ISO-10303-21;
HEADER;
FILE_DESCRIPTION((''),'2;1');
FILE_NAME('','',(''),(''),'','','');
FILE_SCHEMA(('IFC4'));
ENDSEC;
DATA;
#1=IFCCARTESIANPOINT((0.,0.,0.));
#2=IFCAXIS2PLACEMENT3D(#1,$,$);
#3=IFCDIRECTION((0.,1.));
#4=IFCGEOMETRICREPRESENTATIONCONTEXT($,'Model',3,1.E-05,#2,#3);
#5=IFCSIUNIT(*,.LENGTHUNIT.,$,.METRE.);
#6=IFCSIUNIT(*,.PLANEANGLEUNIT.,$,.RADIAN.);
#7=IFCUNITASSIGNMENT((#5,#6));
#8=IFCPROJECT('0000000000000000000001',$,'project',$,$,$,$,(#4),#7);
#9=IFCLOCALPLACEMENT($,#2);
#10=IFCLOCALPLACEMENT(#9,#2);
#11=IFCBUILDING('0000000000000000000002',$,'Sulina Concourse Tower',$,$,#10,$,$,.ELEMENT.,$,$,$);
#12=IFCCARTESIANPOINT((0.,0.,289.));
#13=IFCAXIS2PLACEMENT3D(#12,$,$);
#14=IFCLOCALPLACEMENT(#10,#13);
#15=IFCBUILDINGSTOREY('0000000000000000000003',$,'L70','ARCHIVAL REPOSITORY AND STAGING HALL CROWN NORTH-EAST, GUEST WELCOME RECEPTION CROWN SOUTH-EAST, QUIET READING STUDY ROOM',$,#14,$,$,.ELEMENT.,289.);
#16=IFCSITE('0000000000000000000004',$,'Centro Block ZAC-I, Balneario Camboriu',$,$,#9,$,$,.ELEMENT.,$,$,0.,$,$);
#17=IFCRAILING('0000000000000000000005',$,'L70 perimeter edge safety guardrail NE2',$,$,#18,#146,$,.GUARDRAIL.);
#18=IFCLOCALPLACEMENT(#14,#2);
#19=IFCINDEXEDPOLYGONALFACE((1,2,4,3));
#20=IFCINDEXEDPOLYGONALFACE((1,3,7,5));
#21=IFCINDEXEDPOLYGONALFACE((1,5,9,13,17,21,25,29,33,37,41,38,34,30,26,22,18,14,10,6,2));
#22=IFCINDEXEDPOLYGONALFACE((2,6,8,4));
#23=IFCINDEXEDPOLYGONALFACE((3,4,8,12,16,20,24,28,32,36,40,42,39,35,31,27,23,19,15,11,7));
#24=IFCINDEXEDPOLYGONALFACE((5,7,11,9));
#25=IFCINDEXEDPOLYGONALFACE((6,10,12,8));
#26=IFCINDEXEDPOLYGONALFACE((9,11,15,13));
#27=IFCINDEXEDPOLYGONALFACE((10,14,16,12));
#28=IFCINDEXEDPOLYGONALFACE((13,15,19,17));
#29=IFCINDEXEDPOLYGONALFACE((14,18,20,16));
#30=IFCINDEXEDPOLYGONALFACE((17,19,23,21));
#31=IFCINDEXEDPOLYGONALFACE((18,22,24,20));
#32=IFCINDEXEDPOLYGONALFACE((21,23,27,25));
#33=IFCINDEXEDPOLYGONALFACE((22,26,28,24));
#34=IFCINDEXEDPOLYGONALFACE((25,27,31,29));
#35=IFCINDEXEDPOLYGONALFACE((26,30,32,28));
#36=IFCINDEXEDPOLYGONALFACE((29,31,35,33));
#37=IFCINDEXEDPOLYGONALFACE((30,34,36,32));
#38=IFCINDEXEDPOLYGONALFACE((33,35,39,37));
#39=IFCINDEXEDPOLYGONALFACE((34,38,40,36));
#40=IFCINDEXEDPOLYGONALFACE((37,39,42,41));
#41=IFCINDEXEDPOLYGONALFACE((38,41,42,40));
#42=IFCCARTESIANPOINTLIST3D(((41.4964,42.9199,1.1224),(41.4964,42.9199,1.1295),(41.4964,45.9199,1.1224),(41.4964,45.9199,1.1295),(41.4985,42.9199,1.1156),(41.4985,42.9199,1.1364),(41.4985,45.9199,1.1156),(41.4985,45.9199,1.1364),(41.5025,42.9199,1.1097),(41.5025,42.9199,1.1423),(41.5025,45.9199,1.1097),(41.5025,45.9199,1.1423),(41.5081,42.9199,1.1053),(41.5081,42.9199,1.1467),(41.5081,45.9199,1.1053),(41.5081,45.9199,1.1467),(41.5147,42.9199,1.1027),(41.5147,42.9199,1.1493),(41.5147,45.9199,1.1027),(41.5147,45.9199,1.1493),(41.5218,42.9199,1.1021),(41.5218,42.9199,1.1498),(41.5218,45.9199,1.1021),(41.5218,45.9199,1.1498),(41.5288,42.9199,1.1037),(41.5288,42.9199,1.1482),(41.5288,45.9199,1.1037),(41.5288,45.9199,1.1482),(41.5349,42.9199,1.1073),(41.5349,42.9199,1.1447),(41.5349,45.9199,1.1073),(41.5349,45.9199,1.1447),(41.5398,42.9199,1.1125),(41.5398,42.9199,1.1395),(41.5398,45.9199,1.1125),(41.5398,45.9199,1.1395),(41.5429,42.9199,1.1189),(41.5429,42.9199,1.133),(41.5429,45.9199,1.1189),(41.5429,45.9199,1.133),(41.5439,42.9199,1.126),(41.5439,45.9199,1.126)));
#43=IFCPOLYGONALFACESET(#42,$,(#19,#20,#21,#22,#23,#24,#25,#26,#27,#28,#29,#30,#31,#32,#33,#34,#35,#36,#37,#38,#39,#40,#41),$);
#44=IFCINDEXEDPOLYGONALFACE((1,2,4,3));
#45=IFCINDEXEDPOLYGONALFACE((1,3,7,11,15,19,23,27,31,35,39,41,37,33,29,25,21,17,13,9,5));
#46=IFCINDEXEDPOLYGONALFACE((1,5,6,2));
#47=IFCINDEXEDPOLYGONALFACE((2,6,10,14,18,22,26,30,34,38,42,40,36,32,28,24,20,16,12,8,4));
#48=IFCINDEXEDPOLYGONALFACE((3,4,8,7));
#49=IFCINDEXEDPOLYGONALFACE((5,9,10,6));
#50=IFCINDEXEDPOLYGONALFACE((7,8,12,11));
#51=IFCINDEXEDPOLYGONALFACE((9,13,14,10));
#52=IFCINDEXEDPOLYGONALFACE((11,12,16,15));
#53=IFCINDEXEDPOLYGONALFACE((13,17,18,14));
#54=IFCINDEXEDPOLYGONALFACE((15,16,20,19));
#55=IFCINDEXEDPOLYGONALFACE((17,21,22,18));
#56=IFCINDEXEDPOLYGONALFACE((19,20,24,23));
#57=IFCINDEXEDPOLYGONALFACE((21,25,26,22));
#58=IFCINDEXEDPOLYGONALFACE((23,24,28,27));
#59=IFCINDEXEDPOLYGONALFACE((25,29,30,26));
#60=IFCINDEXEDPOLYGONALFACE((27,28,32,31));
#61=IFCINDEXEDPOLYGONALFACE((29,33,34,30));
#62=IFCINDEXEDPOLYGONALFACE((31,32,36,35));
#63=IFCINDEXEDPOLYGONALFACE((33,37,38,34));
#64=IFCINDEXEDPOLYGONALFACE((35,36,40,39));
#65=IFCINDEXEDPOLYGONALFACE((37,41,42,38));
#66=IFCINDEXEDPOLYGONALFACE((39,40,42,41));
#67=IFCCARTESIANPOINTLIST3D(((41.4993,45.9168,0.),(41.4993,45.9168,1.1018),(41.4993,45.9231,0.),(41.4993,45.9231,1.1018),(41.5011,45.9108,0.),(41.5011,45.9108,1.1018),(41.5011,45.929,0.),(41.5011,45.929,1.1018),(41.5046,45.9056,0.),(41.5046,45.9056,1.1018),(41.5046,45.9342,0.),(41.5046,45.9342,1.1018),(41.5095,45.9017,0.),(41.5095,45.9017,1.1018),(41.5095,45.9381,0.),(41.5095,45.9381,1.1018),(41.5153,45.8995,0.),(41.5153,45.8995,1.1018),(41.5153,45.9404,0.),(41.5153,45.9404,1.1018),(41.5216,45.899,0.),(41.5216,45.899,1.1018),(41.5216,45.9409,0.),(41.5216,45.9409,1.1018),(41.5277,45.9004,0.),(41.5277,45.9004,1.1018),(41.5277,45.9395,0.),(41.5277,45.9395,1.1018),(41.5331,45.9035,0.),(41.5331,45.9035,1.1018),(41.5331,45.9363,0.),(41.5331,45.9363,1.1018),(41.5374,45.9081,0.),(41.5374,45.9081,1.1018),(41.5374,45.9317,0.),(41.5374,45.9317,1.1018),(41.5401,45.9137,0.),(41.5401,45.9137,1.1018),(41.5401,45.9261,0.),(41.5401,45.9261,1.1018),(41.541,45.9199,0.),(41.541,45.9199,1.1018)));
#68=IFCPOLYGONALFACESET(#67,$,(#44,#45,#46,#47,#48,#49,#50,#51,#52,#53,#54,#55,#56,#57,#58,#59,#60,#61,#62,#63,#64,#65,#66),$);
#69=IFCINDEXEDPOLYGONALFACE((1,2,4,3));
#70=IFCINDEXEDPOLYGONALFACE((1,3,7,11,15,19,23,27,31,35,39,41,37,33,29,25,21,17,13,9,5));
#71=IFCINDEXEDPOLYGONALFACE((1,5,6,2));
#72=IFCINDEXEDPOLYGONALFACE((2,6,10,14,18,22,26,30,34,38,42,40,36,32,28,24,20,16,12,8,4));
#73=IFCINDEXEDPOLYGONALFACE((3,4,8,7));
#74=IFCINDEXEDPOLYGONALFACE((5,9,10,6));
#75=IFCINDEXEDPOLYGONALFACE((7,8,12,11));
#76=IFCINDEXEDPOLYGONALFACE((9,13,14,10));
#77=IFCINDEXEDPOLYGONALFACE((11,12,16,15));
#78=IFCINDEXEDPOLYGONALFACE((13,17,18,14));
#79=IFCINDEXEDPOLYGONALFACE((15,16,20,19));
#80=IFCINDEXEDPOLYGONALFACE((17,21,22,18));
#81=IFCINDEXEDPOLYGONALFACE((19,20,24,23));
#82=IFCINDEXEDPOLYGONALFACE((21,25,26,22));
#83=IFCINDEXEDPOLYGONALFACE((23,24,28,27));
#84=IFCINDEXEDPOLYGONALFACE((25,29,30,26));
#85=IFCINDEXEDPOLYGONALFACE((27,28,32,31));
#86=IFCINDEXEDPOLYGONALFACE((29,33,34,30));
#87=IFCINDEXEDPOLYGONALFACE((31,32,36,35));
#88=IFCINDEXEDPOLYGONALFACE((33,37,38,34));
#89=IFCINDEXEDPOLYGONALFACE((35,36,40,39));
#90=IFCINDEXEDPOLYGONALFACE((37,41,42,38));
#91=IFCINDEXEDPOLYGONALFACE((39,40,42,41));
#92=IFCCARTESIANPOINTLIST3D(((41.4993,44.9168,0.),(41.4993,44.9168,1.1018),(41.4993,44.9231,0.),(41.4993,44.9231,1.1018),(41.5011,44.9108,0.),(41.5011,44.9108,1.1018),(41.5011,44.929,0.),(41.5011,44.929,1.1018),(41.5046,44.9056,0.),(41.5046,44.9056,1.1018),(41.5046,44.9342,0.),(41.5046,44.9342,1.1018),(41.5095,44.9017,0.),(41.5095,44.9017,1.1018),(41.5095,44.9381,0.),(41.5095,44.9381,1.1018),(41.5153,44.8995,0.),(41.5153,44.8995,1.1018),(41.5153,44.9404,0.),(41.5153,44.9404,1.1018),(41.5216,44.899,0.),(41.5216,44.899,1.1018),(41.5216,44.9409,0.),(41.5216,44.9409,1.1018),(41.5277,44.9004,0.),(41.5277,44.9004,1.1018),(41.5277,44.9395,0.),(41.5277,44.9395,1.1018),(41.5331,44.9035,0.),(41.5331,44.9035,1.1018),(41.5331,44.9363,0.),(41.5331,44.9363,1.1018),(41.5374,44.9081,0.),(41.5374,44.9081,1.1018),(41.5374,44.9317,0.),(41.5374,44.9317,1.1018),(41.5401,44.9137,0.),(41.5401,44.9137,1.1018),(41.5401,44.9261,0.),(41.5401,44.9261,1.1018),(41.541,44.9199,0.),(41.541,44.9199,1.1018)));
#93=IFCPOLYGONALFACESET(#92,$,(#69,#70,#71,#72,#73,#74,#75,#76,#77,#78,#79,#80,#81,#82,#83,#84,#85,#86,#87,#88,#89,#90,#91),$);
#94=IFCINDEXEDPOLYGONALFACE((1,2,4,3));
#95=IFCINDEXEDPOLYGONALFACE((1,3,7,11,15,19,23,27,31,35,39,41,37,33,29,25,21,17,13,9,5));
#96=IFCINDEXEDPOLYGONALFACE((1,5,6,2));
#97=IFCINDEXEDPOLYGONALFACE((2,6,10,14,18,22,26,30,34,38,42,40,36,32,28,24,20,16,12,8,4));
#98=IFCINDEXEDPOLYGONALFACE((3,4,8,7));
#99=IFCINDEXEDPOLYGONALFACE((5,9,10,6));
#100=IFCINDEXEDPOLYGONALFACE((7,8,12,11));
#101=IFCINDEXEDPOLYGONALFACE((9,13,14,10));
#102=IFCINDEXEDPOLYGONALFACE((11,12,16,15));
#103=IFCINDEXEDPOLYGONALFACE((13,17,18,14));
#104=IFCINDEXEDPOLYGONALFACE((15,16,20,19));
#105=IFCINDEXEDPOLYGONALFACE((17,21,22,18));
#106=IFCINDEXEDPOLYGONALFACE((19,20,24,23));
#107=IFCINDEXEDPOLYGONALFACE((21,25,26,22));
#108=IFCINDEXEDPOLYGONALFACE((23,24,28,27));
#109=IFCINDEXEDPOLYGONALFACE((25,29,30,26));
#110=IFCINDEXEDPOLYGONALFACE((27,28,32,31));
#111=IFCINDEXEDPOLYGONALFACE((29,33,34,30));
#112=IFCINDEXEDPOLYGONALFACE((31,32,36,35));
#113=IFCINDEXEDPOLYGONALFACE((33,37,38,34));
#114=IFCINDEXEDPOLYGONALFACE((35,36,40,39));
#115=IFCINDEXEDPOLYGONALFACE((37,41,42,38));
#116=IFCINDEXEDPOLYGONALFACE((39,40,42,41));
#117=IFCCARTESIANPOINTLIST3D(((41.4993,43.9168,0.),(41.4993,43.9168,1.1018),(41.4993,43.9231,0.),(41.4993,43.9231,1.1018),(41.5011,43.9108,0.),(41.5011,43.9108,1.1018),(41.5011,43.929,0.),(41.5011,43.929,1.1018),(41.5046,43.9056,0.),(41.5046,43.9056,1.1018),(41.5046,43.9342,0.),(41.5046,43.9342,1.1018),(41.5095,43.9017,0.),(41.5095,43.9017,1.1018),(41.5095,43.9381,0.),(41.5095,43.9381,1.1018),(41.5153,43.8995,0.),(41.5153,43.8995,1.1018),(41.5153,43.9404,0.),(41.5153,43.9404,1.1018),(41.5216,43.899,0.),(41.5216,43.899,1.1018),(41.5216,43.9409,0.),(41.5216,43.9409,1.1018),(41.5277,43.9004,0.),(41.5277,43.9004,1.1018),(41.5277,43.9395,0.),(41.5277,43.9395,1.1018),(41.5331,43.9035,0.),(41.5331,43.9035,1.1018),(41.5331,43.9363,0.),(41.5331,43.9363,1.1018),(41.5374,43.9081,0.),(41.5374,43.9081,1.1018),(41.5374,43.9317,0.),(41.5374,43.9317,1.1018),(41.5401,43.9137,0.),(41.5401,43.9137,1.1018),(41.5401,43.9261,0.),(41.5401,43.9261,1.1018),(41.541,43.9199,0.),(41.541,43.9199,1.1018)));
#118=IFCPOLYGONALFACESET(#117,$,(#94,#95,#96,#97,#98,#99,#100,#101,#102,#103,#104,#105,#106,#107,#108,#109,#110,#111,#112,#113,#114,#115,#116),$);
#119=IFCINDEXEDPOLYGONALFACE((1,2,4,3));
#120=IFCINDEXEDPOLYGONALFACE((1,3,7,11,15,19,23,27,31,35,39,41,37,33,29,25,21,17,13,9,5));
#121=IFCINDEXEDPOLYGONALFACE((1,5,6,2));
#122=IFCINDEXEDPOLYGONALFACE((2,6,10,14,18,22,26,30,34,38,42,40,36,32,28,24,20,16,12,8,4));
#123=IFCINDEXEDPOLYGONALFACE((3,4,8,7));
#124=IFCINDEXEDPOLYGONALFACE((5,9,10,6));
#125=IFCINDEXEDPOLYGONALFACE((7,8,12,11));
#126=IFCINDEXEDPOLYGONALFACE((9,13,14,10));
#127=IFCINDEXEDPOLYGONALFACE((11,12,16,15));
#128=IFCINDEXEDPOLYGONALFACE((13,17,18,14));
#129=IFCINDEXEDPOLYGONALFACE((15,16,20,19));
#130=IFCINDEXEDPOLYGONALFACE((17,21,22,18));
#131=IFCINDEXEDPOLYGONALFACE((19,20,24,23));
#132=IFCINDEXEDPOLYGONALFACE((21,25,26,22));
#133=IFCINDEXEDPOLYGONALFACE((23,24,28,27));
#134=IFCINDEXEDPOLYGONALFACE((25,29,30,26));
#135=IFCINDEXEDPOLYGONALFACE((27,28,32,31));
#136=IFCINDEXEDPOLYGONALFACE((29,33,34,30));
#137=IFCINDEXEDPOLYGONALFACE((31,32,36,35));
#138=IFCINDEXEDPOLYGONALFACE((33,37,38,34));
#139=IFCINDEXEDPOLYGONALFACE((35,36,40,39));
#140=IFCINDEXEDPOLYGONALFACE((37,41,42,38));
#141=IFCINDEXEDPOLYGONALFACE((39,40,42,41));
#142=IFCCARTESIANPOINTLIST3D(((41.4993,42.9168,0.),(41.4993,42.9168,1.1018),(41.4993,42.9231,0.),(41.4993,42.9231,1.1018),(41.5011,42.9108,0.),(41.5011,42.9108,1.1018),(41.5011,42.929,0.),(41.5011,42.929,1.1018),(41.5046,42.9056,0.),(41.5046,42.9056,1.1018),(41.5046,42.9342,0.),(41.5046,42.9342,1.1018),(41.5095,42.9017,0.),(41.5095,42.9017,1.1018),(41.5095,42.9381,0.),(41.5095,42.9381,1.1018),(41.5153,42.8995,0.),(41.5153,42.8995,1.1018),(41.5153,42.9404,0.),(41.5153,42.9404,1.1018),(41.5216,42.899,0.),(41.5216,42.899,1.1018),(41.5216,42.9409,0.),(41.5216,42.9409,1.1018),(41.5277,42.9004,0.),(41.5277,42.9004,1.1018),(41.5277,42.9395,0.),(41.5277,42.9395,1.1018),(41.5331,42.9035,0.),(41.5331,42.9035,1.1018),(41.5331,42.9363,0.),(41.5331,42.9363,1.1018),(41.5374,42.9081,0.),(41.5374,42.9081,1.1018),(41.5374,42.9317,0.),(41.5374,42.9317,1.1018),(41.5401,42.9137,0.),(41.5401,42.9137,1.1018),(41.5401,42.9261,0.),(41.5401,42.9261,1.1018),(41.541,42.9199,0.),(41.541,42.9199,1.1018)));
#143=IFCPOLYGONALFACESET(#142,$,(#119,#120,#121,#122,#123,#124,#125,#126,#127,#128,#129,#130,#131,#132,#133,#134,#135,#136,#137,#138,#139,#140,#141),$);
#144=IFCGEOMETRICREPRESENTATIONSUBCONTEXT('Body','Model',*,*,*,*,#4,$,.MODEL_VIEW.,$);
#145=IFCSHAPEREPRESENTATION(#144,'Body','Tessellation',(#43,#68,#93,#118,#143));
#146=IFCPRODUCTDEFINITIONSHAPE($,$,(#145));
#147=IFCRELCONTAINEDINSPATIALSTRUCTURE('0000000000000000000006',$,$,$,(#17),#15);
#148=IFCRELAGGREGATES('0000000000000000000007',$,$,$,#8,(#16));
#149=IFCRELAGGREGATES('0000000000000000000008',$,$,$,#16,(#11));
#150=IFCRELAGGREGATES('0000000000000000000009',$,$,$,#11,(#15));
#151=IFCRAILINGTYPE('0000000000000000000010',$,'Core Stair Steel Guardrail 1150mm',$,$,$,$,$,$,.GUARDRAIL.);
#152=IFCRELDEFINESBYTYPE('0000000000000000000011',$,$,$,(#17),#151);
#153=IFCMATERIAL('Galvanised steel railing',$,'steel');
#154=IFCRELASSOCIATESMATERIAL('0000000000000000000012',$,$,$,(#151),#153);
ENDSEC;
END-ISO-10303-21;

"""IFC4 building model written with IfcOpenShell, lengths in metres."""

from ifc_helpers import new_model, si_unit, direction, frame, origin, origin_2d, place, context, subcontext, project, spatial, circle, extrude, material, type_object, element, save


model = new_model("IFC4")

# Units and contexts
model_context = context("Model", 3, precision=1e-05, world=origin(), true_north=direction((0.0, 1.0)))
body_context = subcontext(model_context, "Body", "Model", "MODEL_VIEW")
ifc_project = project(units=[si_unit("LENGTHUNIT", "METRE"), si_unit("PLANEANGLEUNIT", "RADIAN")], contexts=[model_context])

# Site, building, storey
site_placement = place(None, origin())
site = spatial("IfcSite", under=ifc_project, at=site_placement, Name="Centro Block ZAC-I, Balneario Camboriu", CompositionType="ELEMENT", RefElevation=0.0)
building_placement = place(site_placement, origin())
building = spatial("IfcBuilding", under=site, at=building_placement, Name="Sulina Concourse Tower", CompositionType="ELEMENT")
storey_placement = place(building_placement, frame((0.0, 0.0, 289.0)))
storey = spatial("IfcBuildingStorey", under=building, at=storey_placement, Name="L70", Description="ARCHIVAL REPOSITORY AND STAGING HALL CROWN NORTH-EAST, GUEST WELCOME RECEPTION CROWN SOUTH-EAST, QUIET READING STUDY ROOM", CompositionType="ELEMENT", Elevation=289.0)

# Railing
ifc_material_1 = material(Name="Galvanised steel railing", Category="steel")
railing_type_1 = type_object("IfcRailingType", Name="Core Stair Steel Guardrail 1150mm", PredefinedType="GUARDRAIL", material=ifc_material_1)
railing_1_placement = place(storey_placement, frame((41.52, 45.9199, 0.0)))
element("IfcRailing", 1, at=railing_1_placement, inside=storey, type_object=railing_type_1, Name="L70 perimeter edge safety guardrail NE2", PredefinedType="GUARDRAIL", context=body_context, shape_type="SweptSolid", body=[
    extrude(circle(Radius=0.0239, at=origin_2d()), frame((0.0, 0.0, 1.126), z_axis=(0.0, -1.0, 0.0), x_axis=(1.0, 0.0, 0.0)), (0.0, 0.0, 1.0), 3.0),
    extrude(circle(Radius=0.021, at=origin_2d()), origin(), (0.0, 0.0, 1.0), 1.1018),
    extrude(circle(Radius=0.021, at=origin_2d()), frame((0.0, -1.0, 0.0)), (0.0, 0.0, 1.0), 1.1018),
    extrude(circle(Radius=0.021, at=origin_2d()), frame((0.0, -2.0, 0.0)), (0.0, 0.0, 1.0), 1.1018),
    extrude(circle(Radius=0.021, at=origin_2d()), frame((0.0, -3.0, 0.0)), (0.0, 0.0, 1.0), 1.1018),
])

save(model, "model.ifc")
